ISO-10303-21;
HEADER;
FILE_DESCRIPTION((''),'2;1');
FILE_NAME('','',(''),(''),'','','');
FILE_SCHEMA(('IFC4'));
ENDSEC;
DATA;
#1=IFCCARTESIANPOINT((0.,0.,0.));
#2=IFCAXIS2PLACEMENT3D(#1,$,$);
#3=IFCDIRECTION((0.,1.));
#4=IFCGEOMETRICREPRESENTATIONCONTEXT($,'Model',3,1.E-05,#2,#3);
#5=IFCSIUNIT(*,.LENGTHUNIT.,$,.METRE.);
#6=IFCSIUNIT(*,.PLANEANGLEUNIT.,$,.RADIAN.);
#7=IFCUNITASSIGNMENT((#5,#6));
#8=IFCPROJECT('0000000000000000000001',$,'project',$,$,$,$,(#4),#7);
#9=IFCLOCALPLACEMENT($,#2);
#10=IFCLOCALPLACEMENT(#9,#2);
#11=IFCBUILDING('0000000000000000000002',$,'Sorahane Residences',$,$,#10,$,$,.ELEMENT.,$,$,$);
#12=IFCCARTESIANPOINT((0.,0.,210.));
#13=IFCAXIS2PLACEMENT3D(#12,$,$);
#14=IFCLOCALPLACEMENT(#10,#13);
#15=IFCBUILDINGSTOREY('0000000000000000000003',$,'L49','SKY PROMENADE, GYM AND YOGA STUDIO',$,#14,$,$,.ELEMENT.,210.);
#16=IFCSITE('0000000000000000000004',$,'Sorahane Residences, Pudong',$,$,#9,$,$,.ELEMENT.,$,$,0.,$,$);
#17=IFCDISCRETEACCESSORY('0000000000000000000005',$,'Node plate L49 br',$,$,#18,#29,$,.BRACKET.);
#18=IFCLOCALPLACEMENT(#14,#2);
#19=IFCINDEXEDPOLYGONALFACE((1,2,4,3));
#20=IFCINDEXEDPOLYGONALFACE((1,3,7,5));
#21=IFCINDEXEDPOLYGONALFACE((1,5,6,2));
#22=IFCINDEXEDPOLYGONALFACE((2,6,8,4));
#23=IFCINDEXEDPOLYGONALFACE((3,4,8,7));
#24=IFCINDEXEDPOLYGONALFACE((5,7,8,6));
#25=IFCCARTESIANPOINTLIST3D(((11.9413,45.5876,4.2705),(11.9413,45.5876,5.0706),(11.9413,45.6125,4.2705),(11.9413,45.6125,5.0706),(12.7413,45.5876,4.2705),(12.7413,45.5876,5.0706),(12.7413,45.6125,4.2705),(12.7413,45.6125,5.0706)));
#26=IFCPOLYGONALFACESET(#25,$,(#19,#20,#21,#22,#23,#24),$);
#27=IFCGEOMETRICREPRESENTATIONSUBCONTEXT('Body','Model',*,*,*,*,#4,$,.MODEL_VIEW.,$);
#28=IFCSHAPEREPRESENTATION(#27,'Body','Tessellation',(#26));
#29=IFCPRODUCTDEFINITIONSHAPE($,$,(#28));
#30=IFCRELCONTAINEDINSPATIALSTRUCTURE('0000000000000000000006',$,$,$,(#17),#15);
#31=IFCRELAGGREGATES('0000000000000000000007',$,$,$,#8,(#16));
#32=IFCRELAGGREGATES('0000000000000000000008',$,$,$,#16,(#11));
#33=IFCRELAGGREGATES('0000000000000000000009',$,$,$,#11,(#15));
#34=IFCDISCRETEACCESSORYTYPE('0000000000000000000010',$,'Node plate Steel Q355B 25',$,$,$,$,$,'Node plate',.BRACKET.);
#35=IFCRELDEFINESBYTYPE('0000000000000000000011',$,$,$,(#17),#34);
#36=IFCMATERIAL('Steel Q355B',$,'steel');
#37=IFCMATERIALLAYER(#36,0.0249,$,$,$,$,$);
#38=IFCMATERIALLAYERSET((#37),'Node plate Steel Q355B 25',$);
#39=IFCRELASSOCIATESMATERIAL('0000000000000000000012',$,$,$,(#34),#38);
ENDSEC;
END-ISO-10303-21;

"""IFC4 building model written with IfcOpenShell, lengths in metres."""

from ifc_helpers import new_model, si_unit, direction, frame, origin, origin_2d, place, context, subcontext, project, spatial, rectangle, extrude, material, layer, layer_set, type_object, element, save


model = new_model("IFC4")

# Units and contexts
model_context = context("Model", 3, precision=1e-05, world=origin(), true_north=direction((0.0, 1.0)))
body_context = subcontext(model_context, "Body", "Model", "MODEL_VIEW")
ifc_project = project(units=[si_unit("LENGTHUNIT", "METRE"), si_unit("PLANEANGLEUNIT", "RADIAN")], contexts=[model_context])

# Site, building, storey
site_placement = place(None, origin())
site = spatial("IfcSite", under=ifc_project, at=site_placement, Name="Sorahane Residences, Pudong", CompositionType="ELEMENT", RefElevation=0.0)
building_placement = place(site_placement, origin())
building = spatial("IfcBuilding", under=site, at=building_placement, Name="Sorahane Residences", CompositionType="ELEMENT")
storey_placement = place(building_placement, frame((0.0, 0.0, 210.0)))
storey = spatial("IfcBuildingStorey", under=building, at=storey_placement, Name="L49", Description="SKY PROMENADE, GYM AND YOGA STUDIO", CompositionType="ELEMENT", Elevation=210.0)

# Discrete accessory
ifc_material_1 = material(Name="Steel Q355B", Category="steel")
ifc_layer_1 = layer(ifc_material_1, 0.0249)
ifc_layer_set_1 = layer_set([ifc_layer_1], Name="Node plate Steel Q355B 25")
discrete_accessory_type = type_object("IfcDiscreteAccessoryType", Name="Node plate Steel Q355B 25", ElementType="Node plate", PredefinedType="BRACKET", material=ifc_layer_set_1)
for number, where, z_axis, x_axis, name in (
    (1, (12.3413, 45.6001, 4.2705), (0.0, 0.0, 1.0), (1.0, 0.0, 0.0), "Node plate L49 br"),
):
    element("IfcDiscreteAccessory", number, at=place(storey_placement, frame(where, z_axis=z_axis, x_axis=x_axis)), inside=storey, type_object=discrete_accessory_type, Name=name, PredefinedType="BRACKET", context=body_context, shape_type="SweptSolid", body=[
        extrude(rectangle(XDim=0.8, YDim=0.0249, at=origin_2d()), origin(), (0.0, 0.0, 1.0), 0.8),
    ])

save(model, "model.ifc")
